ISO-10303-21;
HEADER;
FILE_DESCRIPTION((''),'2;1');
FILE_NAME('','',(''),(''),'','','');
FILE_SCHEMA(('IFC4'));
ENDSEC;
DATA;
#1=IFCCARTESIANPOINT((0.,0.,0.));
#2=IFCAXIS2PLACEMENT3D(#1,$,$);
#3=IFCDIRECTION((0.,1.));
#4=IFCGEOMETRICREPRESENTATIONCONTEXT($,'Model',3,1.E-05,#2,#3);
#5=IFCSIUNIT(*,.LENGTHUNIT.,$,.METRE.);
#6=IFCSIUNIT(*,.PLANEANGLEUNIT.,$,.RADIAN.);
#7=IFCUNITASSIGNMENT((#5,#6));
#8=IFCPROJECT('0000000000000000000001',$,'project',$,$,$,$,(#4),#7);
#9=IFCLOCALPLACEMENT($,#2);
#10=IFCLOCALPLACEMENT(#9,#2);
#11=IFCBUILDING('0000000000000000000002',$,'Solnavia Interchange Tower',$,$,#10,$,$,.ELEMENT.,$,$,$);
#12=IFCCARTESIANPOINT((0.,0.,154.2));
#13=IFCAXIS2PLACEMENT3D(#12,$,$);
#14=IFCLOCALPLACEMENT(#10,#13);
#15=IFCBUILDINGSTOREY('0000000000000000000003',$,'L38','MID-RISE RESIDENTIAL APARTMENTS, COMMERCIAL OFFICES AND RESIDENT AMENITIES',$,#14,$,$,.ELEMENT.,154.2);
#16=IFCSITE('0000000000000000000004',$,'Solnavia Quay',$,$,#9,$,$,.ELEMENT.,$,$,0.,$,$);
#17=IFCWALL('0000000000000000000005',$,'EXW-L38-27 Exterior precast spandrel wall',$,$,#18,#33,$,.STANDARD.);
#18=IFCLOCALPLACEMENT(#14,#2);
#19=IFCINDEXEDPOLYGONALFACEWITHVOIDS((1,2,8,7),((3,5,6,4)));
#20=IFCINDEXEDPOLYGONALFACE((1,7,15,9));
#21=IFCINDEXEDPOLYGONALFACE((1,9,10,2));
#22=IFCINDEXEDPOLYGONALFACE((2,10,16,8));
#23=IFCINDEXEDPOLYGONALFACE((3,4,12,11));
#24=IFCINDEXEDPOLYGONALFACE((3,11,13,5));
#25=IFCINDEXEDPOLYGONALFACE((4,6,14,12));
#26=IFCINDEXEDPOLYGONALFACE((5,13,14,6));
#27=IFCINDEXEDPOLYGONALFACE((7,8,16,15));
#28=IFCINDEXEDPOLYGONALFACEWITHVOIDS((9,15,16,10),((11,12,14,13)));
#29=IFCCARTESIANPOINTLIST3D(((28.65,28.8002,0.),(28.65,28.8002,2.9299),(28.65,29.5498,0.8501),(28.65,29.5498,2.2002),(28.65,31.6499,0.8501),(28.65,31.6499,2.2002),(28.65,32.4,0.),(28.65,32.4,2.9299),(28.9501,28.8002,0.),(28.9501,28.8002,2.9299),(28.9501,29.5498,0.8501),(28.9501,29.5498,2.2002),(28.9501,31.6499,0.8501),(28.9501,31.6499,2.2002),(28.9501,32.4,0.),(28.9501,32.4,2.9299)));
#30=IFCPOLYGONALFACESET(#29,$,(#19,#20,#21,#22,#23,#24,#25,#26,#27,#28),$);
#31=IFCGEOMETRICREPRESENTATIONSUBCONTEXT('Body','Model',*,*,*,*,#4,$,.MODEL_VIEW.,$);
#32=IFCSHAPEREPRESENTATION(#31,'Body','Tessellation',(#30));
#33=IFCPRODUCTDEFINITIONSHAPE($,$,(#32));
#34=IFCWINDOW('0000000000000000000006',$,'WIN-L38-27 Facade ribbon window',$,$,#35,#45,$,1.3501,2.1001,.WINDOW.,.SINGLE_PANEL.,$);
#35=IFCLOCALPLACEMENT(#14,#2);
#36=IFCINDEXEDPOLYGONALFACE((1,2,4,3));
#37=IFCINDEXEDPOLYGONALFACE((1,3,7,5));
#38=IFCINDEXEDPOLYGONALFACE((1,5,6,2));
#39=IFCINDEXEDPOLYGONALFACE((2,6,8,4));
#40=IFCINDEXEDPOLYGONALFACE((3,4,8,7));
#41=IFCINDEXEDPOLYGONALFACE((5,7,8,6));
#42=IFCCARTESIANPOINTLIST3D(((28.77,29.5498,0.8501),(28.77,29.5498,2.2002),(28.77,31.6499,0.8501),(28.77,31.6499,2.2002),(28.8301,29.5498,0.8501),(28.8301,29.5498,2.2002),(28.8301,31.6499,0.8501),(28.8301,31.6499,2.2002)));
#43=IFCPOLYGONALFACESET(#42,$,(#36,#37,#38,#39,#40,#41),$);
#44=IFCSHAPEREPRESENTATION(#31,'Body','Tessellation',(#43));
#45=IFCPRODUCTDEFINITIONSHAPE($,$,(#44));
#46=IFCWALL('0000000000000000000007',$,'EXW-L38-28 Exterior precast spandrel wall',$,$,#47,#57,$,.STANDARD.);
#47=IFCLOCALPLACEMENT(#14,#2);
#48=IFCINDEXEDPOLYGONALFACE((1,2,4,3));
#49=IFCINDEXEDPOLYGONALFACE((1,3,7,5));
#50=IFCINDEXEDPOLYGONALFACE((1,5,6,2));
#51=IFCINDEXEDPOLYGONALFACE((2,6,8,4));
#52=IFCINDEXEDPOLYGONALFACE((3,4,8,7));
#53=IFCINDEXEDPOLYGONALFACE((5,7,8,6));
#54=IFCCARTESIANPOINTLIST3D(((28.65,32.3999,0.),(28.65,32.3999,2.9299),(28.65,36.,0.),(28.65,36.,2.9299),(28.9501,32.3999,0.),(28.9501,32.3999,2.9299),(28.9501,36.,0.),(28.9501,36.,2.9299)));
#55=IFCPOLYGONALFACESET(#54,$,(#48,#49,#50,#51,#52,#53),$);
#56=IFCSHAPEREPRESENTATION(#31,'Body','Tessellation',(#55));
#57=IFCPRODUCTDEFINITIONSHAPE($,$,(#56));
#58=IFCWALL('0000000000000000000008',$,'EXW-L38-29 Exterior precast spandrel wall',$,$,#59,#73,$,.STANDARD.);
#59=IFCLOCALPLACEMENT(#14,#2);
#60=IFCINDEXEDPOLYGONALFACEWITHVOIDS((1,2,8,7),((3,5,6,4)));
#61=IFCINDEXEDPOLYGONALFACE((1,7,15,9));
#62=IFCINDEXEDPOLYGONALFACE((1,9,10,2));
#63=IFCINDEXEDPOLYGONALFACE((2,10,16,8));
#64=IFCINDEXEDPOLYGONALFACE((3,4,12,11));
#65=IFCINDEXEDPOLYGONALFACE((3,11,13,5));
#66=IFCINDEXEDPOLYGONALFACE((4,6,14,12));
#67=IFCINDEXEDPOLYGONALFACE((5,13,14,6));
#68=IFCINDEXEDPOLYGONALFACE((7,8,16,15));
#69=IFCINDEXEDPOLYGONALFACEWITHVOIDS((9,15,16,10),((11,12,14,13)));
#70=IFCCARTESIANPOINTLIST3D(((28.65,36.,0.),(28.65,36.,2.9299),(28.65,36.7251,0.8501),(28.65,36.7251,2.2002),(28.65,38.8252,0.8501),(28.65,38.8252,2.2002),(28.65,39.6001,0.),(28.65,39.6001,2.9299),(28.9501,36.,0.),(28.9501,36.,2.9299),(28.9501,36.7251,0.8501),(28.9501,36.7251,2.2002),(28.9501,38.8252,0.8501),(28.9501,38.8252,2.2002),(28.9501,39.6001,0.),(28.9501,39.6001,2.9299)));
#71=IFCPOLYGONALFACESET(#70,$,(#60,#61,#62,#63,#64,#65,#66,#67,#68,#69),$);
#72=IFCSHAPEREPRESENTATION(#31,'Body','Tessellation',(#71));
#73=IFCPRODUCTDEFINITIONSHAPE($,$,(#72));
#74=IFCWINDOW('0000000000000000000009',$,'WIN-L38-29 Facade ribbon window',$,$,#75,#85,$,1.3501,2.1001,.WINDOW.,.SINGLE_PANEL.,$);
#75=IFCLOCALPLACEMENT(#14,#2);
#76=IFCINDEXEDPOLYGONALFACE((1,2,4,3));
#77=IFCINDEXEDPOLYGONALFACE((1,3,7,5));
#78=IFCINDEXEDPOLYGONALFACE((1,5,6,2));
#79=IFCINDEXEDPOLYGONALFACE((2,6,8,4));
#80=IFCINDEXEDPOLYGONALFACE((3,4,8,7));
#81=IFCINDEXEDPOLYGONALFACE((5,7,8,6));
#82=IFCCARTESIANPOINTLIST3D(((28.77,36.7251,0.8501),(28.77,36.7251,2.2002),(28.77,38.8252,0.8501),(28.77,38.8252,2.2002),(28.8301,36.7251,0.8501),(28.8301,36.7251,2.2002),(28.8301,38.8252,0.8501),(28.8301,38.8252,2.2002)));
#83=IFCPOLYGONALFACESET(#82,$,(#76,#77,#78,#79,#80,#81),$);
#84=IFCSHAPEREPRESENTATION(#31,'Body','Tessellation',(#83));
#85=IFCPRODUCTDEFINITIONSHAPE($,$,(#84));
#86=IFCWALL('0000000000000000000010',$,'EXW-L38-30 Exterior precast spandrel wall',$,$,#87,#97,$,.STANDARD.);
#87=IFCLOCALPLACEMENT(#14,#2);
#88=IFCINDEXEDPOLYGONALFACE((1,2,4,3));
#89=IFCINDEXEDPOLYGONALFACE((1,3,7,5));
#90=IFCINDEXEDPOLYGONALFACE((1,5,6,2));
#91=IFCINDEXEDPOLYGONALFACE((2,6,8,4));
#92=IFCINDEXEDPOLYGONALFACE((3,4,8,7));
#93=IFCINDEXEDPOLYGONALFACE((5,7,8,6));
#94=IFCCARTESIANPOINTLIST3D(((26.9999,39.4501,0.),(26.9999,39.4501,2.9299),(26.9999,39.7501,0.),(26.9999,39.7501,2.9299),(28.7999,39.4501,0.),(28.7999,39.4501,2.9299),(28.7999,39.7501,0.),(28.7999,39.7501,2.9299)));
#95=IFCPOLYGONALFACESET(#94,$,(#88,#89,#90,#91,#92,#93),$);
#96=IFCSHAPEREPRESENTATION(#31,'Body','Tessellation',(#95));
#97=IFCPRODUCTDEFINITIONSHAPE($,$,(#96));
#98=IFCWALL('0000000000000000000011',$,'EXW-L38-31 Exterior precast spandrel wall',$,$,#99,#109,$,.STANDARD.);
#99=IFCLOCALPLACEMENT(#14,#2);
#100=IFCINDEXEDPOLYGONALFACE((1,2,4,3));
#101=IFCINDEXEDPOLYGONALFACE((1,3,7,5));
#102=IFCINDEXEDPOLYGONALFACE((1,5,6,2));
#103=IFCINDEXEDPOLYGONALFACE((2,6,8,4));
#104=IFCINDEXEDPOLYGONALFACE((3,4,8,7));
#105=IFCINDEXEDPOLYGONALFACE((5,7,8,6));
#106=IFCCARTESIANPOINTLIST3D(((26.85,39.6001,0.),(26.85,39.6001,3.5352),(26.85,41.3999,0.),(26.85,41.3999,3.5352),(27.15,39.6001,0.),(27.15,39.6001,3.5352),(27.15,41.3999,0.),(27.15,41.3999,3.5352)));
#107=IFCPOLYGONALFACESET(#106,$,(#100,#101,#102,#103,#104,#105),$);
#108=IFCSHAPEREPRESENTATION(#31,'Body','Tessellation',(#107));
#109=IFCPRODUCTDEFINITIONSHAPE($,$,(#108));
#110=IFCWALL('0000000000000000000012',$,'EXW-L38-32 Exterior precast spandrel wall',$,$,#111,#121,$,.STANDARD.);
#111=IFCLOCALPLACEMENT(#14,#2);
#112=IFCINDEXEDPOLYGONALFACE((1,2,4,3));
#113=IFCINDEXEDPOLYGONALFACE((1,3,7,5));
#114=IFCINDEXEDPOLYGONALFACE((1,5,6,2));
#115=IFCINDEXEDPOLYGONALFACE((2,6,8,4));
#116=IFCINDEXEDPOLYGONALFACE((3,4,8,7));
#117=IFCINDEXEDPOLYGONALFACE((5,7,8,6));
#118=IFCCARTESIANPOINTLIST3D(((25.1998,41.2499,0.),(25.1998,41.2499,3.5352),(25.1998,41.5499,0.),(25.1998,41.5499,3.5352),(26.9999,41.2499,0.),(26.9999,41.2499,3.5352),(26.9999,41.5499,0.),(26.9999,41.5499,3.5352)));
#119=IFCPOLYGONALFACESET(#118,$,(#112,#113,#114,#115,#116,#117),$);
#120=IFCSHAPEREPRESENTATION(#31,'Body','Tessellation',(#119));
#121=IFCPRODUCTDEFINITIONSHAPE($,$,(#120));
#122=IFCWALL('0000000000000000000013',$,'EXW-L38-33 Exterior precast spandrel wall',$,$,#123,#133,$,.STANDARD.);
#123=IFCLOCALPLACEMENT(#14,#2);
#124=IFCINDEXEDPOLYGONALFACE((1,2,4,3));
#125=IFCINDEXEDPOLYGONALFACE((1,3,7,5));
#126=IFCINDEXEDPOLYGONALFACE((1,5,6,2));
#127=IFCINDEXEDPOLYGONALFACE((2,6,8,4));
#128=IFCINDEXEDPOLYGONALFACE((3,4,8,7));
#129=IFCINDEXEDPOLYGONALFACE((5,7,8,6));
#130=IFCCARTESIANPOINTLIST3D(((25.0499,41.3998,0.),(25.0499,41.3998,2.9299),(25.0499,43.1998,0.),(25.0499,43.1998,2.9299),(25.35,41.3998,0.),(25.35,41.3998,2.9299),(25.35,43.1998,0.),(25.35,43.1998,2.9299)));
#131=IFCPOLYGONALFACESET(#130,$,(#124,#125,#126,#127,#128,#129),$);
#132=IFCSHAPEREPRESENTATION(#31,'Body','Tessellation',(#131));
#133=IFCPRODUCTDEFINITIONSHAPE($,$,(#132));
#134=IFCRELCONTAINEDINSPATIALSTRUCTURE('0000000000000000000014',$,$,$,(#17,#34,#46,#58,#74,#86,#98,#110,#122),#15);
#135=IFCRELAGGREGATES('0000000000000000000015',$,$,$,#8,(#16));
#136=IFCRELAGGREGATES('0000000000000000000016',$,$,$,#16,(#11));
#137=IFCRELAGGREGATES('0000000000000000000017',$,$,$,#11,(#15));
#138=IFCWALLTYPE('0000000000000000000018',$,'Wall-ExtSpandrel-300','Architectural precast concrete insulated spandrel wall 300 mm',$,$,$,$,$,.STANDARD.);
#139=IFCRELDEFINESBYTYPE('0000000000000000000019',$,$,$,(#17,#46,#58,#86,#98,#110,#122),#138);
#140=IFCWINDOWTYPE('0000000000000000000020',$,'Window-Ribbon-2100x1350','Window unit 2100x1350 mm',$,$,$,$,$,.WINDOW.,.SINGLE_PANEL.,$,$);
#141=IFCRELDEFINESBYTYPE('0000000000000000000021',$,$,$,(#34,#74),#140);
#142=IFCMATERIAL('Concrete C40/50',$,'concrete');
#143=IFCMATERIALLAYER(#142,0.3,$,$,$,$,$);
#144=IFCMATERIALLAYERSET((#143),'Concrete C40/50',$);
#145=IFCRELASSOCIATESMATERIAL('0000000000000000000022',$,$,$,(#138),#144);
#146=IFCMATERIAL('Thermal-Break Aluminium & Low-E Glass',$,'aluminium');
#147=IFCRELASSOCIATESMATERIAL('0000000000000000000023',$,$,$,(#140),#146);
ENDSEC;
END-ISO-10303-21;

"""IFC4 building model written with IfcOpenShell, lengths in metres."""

from ifc_helpers import new_model, si_unit, direction, frame, frame_2d, origin, place, context, subcontext, project, spatial, rectangle, extrude, material, layer, layer_set, type_object, element, fill, save


model = new_model("IFC4")

# Units and contexts
model_context = context("Model", 3, precision=1e-05, world=origin(), true_north=direction((0.0, 1.0)))
body_context = subcontext(model_context, "Body", "Model", "MODEL_VIEW")
ifc_project = project(units=[si_unit("LENGTHUNIT", "METRE"), si_unit("PLANEANGLEUNIT", "RADIAN")], contexts=[model_context])

# Site, building, storey
site_placement = place(None, origin())
site = spatial("IfcSite", under=ifc_project, at=site_placement, Name="Solnavia Quay", CompositionType="ELEMENT", RefElevation=0.0)
building_placement = place(site_placement, origin())
building = spatial("IfcBuilding", under=site, at=building_placement, Name="Solnavia Interchange Tower", CompositionType="ELEMENT")
storey_placement = place(building_placement, frame((0.0, 0.0, 154.2)))
storey = spatial("IfcBuildingStorey", under=building, at=storey_placement, Name="L38", Description="MID-RISE RESIDENTIAL APARTMENTS, COMMERCIAL OFFICES AND RESIDENT AMENITIES", CompositionType="ELEMENT", Elevation=154.2)

# Shared definitions
ifc_material_1 = material(Name="Concrete C40/50", Category="concrete")
ifc_layer = layer(ifc_material_1, 0.3)
ifc_layer_set = layer_set([ifc_layer], Name="Concrete C40/50")
wall_type = type_object("IfcWallType", Name="Wall-ExtSpandrel-300", Description="Architectural precast concrete insulated spandrel wall 300 mm", PredefinedType="STANDARD", material=ifc_layer_set)

# Wall, opening, window
wall_1_placement = place(storey_placement, frame((28.8, 32.3999, 0.0), z_axis=(0.0, 0.0, 1.0), x_axis=(0.0, -1.0, 0.0)))
wall_1 = element("IfcWall", 1, at=wall_1_placement, inside=storey, type_object=wall_type, Name="EXW-L38-27 Exterior precast spandrel wall", PredefinedType="STANDARD", context=body_context, shape_type="SweptSolid", body=[
    extrude(rectangle(XDim=3.5999, YDim=0.3, at=frame_2d((1.7998, 0.0))), origin(), (0.0, 0.0, 1.0), 2.9299),
])
opening_1_placement = place(wall_1_placement, frame((0.75, 0.0, 0.8501)))
opening_1 = element("IfcOpeningElement", 2, at=opening_1_placement, cuts=wall_1, PredefinedType="OPENING", context=body_context, shape_type="SweptSolid", body=[
    extrude(rectangle(XDim=2.1001, YDim=1.3501, at=frame_2d((1.05, 0.675))), frame((0.0, 0.1602, 0.0), z_axis=(0.0, -1.0, 0.0), x_axis=(1.0, 0.0, 0.0)), (0.0, 0.0, 1.0), 0.3201),
])
ifc_material_2 = material(Name="Thermal-Break Aluminium & Low-E Glass", Category="aluminium")
window_type = type_object("IfcWindowType", Name="Window-Ribbon-2100x1350", Description="Window unit 2100x1350 mm", PartitioningType="SINGLE_PANEL", PredefinedType="WINDOW", material=ifc_material_2)
window_1_placement = place(opening_1_placement, origin())
window_1 = element("IfcWindow", 3, at=window_1_placement, inside=storey, type_object=window_type, Name="WIN-L38-27 Facade ribbon window", OverallHeight=1.3501, OverallWidth=2.1001, PartitioningType="SINGLE_PANEL", PredefinedType="WINDOW", context=body_context, shape_type="SweptSolid", body=[
    extrude(rectangle(XDim=2.1001, YDim=1.3501, at=frame_2d((1.05, 0.675))), frame((0.0, 0.03, 0.0), z_axis=(0.0, -1.0, 0.0), x_axis=(1.0, 0.0, 0.0)), (0.0, 0.0, 1.0), 0.0601),
])
fill(opening_1, window_1)

# Wall
wall_2_placement = place(storey_placement, frame((28.8, 36.0, 0.0), z_axis=(0.0, 0.0, 1.0), x_axis=(0.0, -1.0, 0.0)))
element("IfcWall", 4, at=wall_2_placement, inside=storey, type_object=wall_type, Name="EXW-L38-28 Exterior precast spandrel wall", PredefinedType="STANDARD", context=body_context, shape_type="SweptSolid", body=[
    extrude(rectangle(XDim=3.6001, YDim=0.3, at=frame_2d((1.8, 0.0))), origin(), (0.0, 0.0, 1.0), 2.9299),
])

# Wall, opening, window
wall_3_placement = place(storey_placement, frame((28.8, 39.6001, 0.0), z_axis=(0.0, 0.0, 1.0), x_axis=(0.0, -1.0, 0.0)))
wall_3 = element("IfcWall", 5, at=wall_3_placement, inside=storey, type_object=wall_type, Name="EXW-L38-29 Exterior precast spandrel wall", PredefinedType="STANDARD", context=body_context, shape_type="SweptSolid", body=[
    extrude(rectangle(XDim=3.6001, YDim=0.3, at=frame_2d((1.8, 0.0))), origin(), (0.0, 0.0, 1.0), 2.9299),
])
opening_2_placement = place(wall_3_placement, frame((0.7749, 0.0, 0.8501)))
opening_2 = element("IfcOpeningElement", 6, at=opening_2_placement, cuts=wall_3, PredefinedType="OPENING", context=body_context, shape_type="SweptSolid", body=[
    extrude(rectangle(XDim=2.1001, YDim=1.3501, at=frame_2d((1.05, 0.675))), frame((0.0, 0.1602, 0.0), z_axis=(0.0, -1.0, 0.0), x_axis=(1.0, 0.0, 0.0)), (0.0, 0.0, 1.0), 0.3201),
])
window_2_placement = place(opening_2_placement, origin())
window_2 = element("IfcWindow", 7, at=window_2_placement, inside=storey, type_object=window_type, Name="WIN-L38-29 Facade ribbon window", OverallHeight=1.3501, OverallWidth=2.1001, PartitioningType="SINGLE_PANEL", PredefinedType="WINDOW", context=body_context, shape_type="SweptSolid", body=[
    extrude(rectangle(XDim=2.1001, YDim=1.3501, at=frame_2d((1.05, 0.675))), frame((0.0, 0.03, 0.0), z_axis=(0.0, -1.0, 0.0), x_axis=(1.0, 0.0, 0.0)), (0.0, 0.0, 1.0), 0.0601),
])
fill(opening_2, window_2)

# Walls
wall_4_placement = place(storey_placement, frame((27.0, 39.6001, 0.0), z_axis=(0.0, 0.0, 1.0), x_axis=(1.0, 0.0, 0.0)))
element("IfcWall", 8, at=wall_4_placement, inside=storey, type_object=wall_type, Name="EXW-L38-30 Exterior precast spandrel wall", PredefinedType="STANDARD", context=body_context, shape_type="SweptSolid", body=[
    extrude(rectangle(XDim=1.8, YDim=0.3, at=frame_2d((0.8999, 0.0))), origin(), (0.0, 0.0, 1.0), 2.9299),
])
wall_5_placement = place(storey_placement, frame((27.0, 39.6001, 0.0), z_axis=(0.0, 0.0, 1.0), x_axis=(0.0, 1.0, 0.0)))
element("IfcWall", 9, at=wall_5_placement, inside=storey, type_object=wall_type, Name="EXW-L38-31 Exterior precast spandrel wall", PredefinedType="STANDARD", context=body_context, shape_type="SweptSolid", body=[
    extrude(rectangle(XDim=1.7998, YDim=0.3, at=frame_2d((0.8999, 0.0))), origin(), (0.0, 0.0, 1.0), 3.5352),
])
wall_6_placement = place(storey_placement, frame((25.2, 41.3999, 0.0), z_axis=(0.0, 0.0, 1.0), x_axis=(1.0, 0.0, 0.0)))
element("IfcWall", 10, at=wall_6_placement, inside=storey, type_object=wall_type, Name="EXW-L38-32 Exterior precast spandrel wall", PredefinedType="STANDARD", context=body_context, shape_type="SweptSolid", body=[
    extrude(rectangle(XDim=1.8, YDim=0.3, at=frame_2d((0.8999, 0.0))), origin(), (0.0, 0.0, 1.0), 3.5352),
])
wall_7_placement = place(storey_placement, frame((25.2, 41.3999, 0.0), z_axis=(0.0, 0.0, 1.0), x_axis=(0.0, 1.0, 0.0)))
element("IfcWall", 11, at=wall_7_placement, inside=storey, type_object=wall_type, Name="EXW-L38-33 Exterior precast spandrel wall", PredefinedType="STANDARD", context=body_context, shape_type="SweptSolid", body=[
    extrude(rectangle(XDim=1.8, YDim=0.3, at=frame_2d((0.8999, 0.0))), origin(), (0.0, 0.0, 1.0), 2.9299),
])

save(model, "model.ifc")
